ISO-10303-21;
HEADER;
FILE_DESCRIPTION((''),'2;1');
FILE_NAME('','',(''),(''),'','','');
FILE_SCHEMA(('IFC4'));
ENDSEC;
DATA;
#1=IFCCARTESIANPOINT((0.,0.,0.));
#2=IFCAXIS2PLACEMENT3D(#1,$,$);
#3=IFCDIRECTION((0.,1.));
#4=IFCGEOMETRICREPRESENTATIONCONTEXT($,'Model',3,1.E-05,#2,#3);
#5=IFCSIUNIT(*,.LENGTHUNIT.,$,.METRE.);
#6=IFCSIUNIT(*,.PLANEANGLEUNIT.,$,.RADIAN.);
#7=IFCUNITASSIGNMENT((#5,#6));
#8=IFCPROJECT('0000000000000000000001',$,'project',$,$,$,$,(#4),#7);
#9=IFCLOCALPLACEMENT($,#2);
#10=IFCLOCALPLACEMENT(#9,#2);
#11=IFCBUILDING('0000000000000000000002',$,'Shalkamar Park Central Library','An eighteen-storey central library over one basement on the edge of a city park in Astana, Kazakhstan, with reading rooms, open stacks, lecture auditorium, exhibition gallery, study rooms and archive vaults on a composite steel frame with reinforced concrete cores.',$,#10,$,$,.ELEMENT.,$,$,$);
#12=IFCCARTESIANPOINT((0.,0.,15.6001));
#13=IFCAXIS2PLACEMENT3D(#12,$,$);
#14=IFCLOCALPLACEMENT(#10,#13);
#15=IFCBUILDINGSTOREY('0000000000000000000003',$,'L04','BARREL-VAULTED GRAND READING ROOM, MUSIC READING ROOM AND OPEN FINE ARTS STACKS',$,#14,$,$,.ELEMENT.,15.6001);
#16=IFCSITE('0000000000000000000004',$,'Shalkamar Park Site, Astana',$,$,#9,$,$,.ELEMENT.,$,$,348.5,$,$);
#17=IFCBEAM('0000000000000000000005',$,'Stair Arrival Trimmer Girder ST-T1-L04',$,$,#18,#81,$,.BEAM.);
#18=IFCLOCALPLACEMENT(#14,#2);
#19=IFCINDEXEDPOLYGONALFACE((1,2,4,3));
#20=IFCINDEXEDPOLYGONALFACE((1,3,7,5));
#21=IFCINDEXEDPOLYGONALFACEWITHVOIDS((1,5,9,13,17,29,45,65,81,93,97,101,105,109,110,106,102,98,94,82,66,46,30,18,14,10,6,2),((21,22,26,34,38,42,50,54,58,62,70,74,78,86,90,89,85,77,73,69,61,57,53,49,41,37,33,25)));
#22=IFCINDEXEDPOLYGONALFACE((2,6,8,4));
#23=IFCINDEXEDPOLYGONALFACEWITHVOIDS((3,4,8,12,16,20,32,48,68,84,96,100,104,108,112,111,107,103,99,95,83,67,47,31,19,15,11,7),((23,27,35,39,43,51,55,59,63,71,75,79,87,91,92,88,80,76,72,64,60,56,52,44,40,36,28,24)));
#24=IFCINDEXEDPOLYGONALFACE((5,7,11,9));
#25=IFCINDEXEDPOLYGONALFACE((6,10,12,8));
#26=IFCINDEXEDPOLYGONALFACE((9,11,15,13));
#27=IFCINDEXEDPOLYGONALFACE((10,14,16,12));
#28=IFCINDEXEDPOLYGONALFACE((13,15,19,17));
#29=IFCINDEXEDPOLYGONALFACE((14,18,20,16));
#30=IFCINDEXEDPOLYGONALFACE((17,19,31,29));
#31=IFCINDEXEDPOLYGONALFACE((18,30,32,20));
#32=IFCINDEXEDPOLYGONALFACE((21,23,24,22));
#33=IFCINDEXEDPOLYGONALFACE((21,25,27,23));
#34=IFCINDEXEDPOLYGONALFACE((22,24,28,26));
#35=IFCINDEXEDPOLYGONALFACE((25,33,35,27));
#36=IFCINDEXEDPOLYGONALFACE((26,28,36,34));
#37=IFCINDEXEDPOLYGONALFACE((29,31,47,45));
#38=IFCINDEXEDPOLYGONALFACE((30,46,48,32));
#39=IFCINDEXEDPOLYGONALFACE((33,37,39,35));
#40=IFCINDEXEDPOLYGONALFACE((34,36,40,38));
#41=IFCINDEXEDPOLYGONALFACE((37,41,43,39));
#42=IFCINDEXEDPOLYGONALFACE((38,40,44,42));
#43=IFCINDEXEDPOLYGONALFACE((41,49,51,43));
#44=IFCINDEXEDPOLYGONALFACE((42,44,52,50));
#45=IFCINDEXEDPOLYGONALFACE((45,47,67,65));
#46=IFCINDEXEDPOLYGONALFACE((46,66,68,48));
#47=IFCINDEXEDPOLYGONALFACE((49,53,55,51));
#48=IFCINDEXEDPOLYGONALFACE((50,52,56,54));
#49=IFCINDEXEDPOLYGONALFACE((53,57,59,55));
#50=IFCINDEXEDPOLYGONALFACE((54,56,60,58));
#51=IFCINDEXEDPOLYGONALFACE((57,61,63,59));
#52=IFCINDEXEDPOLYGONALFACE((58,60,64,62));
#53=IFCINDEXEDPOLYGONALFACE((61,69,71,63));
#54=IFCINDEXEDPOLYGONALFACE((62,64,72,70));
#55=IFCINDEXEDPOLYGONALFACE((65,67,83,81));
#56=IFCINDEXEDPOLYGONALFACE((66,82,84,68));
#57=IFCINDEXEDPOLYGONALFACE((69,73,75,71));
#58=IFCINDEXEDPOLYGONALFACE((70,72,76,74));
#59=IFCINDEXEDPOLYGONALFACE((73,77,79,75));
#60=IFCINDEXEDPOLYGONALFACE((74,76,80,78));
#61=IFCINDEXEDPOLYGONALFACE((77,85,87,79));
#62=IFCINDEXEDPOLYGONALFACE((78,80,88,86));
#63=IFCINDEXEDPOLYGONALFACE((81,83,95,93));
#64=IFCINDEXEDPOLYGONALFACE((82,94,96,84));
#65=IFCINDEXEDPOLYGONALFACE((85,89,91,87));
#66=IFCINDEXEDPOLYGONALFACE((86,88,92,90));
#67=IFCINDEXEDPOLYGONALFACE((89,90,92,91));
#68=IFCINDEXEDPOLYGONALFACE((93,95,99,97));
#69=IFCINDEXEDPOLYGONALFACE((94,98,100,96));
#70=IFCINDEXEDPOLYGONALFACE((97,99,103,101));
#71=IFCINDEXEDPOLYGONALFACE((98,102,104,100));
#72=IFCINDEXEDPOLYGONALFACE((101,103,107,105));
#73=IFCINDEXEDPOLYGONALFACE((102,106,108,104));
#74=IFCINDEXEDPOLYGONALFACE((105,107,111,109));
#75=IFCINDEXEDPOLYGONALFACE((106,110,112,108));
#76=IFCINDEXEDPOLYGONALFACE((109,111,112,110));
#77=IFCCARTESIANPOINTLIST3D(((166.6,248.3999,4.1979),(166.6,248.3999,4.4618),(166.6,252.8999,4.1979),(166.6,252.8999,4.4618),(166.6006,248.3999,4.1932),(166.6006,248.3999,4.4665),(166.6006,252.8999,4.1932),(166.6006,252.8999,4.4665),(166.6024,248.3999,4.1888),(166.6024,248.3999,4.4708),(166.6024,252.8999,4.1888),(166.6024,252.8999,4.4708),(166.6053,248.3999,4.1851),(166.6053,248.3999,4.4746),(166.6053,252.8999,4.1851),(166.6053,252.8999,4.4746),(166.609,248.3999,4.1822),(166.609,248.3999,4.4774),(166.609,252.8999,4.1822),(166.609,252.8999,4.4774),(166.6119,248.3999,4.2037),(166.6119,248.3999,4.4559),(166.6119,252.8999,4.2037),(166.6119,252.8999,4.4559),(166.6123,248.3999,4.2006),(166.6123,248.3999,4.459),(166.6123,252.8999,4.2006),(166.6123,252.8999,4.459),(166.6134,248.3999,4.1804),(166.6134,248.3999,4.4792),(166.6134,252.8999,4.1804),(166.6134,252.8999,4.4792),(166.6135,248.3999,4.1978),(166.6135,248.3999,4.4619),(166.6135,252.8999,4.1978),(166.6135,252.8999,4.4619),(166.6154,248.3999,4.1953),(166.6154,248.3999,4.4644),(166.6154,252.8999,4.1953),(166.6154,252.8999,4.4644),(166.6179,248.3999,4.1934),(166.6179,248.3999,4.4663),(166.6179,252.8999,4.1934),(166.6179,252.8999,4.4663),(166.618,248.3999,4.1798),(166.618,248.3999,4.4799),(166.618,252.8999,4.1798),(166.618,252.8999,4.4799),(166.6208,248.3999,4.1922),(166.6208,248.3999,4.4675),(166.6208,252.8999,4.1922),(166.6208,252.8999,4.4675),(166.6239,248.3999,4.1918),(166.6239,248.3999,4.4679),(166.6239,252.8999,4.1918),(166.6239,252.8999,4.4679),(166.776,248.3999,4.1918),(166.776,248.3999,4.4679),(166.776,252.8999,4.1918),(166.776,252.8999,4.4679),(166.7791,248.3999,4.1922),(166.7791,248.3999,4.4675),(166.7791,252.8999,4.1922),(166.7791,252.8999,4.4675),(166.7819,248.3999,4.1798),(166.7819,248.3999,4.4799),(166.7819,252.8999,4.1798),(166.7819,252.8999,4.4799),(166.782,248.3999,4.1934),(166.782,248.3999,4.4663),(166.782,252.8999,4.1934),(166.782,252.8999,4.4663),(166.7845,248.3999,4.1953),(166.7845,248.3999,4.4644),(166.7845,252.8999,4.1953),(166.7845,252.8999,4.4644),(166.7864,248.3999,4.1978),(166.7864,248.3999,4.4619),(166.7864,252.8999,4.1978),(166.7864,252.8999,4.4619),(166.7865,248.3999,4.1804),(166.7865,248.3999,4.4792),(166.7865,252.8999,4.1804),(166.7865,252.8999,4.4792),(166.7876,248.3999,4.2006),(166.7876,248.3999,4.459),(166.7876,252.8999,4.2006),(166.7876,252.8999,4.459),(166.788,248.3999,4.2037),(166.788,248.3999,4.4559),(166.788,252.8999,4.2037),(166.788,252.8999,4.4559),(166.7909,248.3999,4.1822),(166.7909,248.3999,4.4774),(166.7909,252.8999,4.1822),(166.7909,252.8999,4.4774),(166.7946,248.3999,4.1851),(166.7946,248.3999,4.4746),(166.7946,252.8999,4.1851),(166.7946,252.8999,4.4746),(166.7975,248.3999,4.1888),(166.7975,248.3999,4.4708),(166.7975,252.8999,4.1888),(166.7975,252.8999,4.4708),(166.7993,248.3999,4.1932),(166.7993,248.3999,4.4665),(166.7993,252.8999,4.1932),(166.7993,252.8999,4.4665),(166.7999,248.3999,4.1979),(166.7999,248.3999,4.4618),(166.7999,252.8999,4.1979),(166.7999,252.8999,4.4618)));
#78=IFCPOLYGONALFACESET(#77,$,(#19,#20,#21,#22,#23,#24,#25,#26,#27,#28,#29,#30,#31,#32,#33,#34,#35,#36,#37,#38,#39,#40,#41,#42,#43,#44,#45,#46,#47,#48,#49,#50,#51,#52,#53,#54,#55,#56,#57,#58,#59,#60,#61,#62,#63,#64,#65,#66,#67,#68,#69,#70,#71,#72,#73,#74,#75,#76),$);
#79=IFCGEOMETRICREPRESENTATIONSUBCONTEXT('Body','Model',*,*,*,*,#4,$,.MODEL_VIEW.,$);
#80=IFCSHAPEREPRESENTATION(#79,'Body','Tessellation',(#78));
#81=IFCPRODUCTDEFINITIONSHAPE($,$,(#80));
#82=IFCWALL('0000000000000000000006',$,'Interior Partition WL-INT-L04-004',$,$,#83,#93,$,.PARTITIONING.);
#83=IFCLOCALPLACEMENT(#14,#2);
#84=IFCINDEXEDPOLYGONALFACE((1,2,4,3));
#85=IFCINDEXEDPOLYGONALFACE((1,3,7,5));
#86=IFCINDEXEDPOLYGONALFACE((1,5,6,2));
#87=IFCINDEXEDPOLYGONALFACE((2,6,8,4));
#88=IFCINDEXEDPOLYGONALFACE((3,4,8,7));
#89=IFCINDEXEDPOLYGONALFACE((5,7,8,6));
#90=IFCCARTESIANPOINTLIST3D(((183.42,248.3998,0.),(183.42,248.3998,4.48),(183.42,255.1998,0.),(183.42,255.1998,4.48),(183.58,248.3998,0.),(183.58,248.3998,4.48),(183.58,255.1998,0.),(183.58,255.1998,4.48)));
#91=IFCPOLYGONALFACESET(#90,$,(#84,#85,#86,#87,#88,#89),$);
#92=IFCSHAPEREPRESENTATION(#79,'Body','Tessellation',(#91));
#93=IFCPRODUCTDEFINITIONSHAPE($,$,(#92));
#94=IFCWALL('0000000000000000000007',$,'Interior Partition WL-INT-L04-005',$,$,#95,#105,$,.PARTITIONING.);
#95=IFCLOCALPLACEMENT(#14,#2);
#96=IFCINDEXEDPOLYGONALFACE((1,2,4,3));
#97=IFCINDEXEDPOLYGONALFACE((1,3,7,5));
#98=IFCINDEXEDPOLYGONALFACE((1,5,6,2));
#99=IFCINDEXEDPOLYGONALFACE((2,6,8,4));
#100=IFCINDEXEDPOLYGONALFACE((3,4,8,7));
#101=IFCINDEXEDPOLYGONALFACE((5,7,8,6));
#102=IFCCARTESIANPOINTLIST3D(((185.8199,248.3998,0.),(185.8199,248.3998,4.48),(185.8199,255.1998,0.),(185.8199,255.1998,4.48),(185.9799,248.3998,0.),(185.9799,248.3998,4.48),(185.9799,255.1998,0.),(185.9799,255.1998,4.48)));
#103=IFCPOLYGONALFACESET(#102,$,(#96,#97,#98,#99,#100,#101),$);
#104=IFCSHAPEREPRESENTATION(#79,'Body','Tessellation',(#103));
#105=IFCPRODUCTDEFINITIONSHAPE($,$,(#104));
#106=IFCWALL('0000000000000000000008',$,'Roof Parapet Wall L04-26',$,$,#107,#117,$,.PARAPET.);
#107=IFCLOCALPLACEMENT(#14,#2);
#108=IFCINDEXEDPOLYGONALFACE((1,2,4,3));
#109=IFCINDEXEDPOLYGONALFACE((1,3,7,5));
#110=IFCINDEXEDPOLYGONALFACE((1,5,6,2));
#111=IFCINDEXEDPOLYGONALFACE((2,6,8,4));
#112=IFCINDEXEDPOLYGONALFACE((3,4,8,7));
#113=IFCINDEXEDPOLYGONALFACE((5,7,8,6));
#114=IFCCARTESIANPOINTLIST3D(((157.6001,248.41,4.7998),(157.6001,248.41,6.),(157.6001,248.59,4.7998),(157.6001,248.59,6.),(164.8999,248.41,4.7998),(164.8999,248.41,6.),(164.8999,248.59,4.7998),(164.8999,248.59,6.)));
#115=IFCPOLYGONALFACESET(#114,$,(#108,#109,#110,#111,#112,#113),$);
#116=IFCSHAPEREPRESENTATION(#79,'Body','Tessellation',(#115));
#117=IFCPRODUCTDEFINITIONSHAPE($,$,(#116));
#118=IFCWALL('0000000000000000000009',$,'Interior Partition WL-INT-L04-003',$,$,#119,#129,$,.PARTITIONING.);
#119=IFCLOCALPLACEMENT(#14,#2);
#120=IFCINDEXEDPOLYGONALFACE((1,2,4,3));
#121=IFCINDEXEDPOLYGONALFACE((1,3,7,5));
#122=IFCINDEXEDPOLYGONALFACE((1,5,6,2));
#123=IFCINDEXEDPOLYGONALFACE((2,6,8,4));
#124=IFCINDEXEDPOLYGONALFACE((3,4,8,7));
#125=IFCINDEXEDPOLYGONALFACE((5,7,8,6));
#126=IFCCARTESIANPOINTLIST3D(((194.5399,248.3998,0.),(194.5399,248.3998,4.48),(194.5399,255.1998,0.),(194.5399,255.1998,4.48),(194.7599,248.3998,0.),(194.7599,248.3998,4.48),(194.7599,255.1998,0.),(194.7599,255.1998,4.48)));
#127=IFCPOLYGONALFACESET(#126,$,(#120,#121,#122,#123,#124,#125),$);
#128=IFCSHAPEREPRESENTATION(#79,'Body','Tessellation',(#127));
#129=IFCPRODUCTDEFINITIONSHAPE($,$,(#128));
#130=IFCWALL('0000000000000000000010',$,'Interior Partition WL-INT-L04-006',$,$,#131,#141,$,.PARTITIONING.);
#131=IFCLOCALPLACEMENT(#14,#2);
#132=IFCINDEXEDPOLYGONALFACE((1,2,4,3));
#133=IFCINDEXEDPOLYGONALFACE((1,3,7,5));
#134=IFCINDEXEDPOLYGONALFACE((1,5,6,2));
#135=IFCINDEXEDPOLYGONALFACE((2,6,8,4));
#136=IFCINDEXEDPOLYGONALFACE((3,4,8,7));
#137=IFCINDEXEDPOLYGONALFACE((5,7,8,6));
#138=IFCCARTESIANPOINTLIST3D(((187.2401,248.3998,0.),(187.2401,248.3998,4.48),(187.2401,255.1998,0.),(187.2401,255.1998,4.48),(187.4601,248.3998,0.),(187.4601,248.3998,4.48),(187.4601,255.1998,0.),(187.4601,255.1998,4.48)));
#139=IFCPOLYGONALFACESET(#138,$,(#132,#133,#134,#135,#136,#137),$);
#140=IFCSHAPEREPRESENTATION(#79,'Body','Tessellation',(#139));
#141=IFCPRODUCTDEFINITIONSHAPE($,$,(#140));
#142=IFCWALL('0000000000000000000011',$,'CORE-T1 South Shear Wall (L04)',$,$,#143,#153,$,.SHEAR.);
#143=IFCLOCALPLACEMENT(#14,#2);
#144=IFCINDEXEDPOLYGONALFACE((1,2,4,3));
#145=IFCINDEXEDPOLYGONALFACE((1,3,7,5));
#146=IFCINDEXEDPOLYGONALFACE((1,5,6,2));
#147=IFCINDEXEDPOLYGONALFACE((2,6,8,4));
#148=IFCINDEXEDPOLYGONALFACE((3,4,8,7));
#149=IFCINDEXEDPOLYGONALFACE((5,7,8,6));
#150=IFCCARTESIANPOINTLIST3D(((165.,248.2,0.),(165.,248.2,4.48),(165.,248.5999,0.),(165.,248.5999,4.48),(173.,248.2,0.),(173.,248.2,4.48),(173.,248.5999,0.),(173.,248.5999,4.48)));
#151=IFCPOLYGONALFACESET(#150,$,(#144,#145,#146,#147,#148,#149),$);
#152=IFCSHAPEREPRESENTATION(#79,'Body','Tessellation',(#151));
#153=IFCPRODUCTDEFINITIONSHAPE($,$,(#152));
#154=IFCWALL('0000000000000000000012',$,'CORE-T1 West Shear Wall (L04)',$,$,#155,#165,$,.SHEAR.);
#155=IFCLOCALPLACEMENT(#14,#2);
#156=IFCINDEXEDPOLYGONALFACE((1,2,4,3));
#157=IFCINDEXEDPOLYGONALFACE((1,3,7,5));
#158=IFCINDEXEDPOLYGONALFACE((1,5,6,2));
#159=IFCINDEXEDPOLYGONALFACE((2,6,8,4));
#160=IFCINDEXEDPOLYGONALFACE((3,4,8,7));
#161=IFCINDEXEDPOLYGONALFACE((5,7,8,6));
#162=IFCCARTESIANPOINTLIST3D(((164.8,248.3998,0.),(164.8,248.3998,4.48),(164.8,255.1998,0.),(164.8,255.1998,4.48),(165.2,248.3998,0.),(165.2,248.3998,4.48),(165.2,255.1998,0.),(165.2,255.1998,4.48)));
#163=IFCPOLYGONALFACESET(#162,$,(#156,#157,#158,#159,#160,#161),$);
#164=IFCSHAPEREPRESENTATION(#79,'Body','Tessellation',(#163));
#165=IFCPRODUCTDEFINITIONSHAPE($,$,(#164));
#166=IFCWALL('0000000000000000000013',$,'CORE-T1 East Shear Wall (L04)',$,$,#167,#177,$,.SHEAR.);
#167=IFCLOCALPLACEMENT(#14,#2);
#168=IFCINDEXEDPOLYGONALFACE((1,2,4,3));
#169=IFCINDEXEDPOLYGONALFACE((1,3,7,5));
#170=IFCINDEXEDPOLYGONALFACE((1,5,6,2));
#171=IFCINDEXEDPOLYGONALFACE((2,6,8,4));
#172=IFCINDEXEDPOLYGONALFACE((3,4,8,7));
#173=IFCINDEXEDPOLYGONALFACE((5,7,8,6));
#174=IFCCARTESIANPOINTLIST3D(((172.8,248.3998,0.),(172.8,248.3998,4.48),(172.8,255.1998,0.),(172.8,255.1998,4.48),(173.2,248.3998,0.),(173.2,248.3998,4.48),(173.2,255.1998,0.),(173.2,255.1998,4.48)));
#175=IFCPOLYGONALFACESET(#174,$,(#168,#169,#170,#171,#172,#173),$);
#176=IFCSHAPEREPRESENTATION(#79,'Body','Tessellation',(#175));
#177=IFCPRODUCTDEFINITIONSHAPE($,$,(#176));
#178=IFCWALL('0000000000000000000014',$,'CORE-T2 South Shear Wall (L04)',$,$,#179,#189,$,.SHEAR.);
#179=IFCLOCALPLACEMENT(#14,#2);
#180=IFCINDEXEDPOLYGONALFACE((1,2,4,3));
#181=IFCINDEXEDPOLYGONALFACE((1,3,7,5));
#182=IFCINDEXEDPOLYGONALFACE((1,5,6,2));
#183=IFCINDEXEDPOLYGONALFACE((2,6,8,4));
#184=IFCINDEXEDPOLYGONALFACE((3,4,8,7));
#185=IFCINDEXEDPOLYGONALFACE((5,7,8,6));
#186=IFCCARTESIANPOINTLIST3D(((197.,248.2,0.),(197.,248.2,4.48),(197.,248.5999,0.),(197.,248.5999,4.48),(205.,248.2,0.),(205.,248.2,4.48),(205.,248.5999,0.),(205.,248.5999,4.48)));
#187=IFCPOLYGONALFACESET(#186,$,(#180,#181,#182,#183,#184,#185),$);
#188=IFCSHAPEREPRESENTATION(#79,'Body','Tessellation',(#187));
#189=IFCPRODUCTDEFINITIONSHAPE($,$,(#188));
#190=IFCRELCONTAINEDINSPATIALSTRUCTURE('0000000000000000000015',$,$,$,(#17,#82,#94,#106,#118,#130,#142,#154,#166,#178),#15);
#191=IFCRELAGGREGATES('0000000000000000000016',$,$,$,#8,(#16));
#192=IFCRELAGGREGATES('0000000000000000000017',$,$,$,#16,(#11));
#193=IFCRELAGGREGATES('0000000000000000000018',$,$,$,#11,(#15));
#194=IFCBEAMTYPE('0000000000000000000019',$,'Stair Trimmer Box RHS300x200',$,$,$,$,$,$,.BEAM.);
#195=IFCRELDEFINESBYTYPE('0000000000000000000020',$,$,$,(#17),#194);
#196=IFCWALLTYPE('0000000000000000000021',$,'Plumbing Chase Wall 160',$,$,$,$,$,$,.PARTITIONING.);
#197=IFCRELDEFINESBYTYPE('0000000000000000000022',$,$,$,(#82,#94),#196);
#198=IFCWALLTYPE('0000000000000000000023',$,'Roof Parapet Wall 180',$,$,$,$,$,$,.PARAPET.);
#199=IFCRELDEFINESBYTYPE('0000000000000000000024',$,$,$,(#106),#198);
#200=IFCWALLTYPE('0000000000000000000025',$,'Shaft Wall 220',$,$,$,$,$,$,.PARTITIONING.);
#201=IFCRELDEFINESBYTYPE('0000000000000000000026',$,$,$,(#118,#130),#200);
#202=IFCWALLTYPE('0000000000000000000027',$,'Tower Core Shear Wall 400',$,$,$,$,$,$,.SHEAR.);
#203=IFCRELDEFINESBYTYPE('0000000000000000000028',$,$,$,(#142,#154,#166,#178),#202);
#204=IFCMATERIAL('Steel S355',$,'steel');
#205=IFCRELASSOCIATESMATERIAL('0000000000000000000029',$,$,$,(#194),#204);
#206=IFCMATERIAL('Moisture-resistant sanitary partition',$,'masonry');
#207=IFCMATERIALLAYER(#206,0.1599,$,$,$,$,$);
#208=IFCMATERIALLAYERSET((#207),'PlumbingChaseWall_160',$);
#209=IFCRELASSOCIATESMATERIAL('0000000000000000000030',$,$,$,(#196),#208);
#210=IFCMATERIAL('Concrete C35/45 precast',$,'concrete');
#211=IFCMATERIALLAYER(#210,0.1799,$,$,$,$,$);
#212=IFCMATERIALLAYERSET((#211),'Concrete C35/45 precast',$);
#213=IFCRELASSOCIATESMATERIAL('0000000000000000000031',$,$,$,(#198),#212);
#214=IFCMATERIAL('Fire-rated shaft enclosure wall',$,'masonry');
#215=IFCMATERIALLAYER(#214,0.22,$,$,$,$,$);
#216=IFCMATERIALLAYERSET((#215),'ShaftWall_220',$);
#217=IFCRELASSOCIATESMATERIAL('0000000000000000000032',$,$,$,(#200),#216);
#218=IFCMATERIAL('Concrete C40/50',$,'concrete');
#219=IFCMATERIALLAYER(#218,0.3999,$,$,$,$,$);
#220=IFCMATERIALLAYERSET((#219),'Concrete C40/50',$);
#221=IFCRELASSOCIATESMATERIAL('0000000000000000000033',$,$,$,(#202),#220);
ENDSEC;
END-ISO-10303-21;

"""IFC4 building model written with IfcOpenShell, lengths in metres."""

from ifc_helpers import new_model, si_unit, direction, frame, frame_2d, origin, origin_2d, place, context, subcontext, project, spatial, rectangle, hollow_rectangle, extrude, material, layer, layer_set, material_profile, profile_set, type_object, element, save


model = new_model("IFC4")

# Units and contexts
model_context = context("Model", 3, precision=1e-05, world=origin(), true_north=direction((0.0, 1.0)))
body_context = subcontext(model_context, "Body", "Model", "MODEL_VIEW")
ifc_project = project(units=[si_unit("LENGTHUNIT", "METRE"), si_unit("PLANEANGLEUNIT", "RADIAN")], contexts=[model_context])

# Site, building, storey
site_placement = place(None, origin())
site = spatial("IfcSite", under=ifc_project, at=site_placement, Name="Shalkamar Park Site, Astana", CompositionType="ELEMENT", RefElevation=348.5)
building_placement = place(site_placement, origin())
building = spatial("IfcBuilding", under=site, at=building_placement, Name="Shalkamar Park Central Library", Description="An eighteen-storey central library over one basement on the edge of a city park in Astana, Kazakhstan, with reading rooms, open stacks, lecture auditorium, exhibition gallery, study rooms and archive vaults on a composite steel frame with reinforced concrete cores.", CompositionType="ELEMENT")
storey_placement = place(building_placement, frame((0.0, 0.0, 15.6001)))
storey = spatial("IfcBuildingStorey", under=building, at=storey_placement, Name="L04", Description="BARREL-VAULTED GRAND READING ROOM, MUSIC READING ROOM AND OPEN FINE ARTS STACKS", CompositionType="ELEMENT", Elevation=15.6001)

# Shared definitions
ifc_material_1 = material(Name="Steel S355", Category="steel")

# Beam
ifc_material_profile_1 = material_profile(ifc_material_1, hollow_rectangle(XDim=0.2, YDim=0.3, WallThickness=0.012, InnerFilletRadius=0.012, OuterFilletRadius=0.0181, at=origin_2d()), Name="RHS 300x200x12")
ifc_profile_set_1 = profile_set([ifc_material_profile_1], Name="Steel S355")
beam_type_1 = type_object("IfcBeamType", Name="Stair Trimmer Box RHS300x200", PredefinedType="BEAM", material=ifc_profile_set_1)
beam_1_placement = place(storey_placement, frame((166.7, 248.3999, 4.3298), z_axis=(0.0, 1.0, 0.0), x_axis=(-1.0, 0.0, 0.0)))
element("IfcBeam", 1, at=beam_1_placement, inside=storey, type_object=beam_type_1, Name="Stair Arrival Trimmer Girder ST-T1-L04", PredefinedType="BEAM", context=body_context, shape_type="SweptSolid", body=[
    extrude(hollow_rectangle(XDim=0.2, YDim=0.3, WallThickness=0.012, InnerFilletRadius=0.012, OuterFilletRadius=0.0181, at=origin_2d()), origin(), (0.0, 0.0, 1.0), 4.5),
])

# Walls
ifc_material_2 = material(Name="Moisture-resistant sanitary partition", Category="masonry")
ifc_layer_1 = layer(ifc_material_2, 0.1599)
ifc_layer_set_1 = layer_set([ifc_layer_1], Name="PlumbingChaseWall_160")
wall_type_1 = type_object("IfcWallType", Name="Plumbing Chase Wall 160", PredefinedType="PARTITIONING", material=ifc_layer_set_1)
for number, where, z_axis, x_axis, name in (
    (2, (183.5, 248.3999, 0.0), (0.0, 0.0, 1.0), (0.0, 1.0, 0.0), "Interior Partition WL-INT-L04-004"),
    (3, (185.8999, 248.3999, 0.0), (0.0, 0.0, 1.0), (0.0, 1.0, 0.0), "Interior Partition WL-INT-L04-005"),
):
    element("IfcWall", number, at=place(storey_placement, frame(where, z_axis=z_axis, x_axis=x_axis)), inside=storey, type_object=wall_type_1, Name=name, PredefinedType="PARTITIONING", context=body_context, shape_type="SweptSolid", body=[
        extrude(rectangle(XDim=6.8, YDim=0.1599, at=frame_2d((3.3999, 0.0))), origin(), (0.0, 0.0, 1.0), 4.48),
    ])
ifc_material_3 = material(Name="Concrete C35/45 precast", Category="concrete")
ifc_layer_2 = layer(ifc_material_3, 0.1799)
ifc_layer_set_2 = layer_set([ifc_layer_2], Name="Concrete C35/45 precast")
wall_type_2 = type_object("IfcWallType", Name="Roof Parapet Wall 180", PredefinedType="PARAPET", material=ifc_layer_set_2)
wall_1_placement = place(storey_placement, frame((157.6001, 248.5, 4.7998), z_axis=(0.0, 0.0, 1.0), x_axis=(1.0, 0.0, 0.0)))
element("IfcWall", 4, at=wall_1_placement, inside=storey, type_object=wall_type_2, Name="Roof Parapet Wall L04-26", PredefinedType="PARAPET", context=body_context, shape_type="SweptSolid", body=[
    extrude(rectangle(XDim=7.2998, YDim=0.1799, at=frame_2d((3.6499, 0.0))), origin(), (0.0, 0.0, 1.0), 1.2002),
])
ifc_material_4 = material(Name="Fire-rated shaft enclosure wall", Category="masonry")
ifc_layer_3 = layer(ifc_material_4, 0.22)
ifc_layer_set_3 = layer_set([ifc_layer_3], Name="ShaftWall_220")
wall_type_3 = type_object("IfcWallType", Name="Shaft Wall 220", PredefinedType="PARTITIONING", material=ifc_layer_set_3)
for number, where, z_axis, x_axis, name in (
    (5, (194.6499, 248.3999, 0.0), (0.0, 0.0, 1.0), (0.0, 1.0, 0.0), "Interior Partition WL-INT-L04-003"),
    (6, (187.3501, 248.3999, 0.0), (0.0, 0.0, 1.0), (0.0, 1.0, 0.0), "Interior Partition WL-INT-L04-006"),
):
    element("IfcWall", number, at=place(storey_placement, frame(where, z_axis=z_axis, x_axis=x_axis)), inside=storey, type_object=wall_type_3, Name=name, PredefinedType="PARTITIONING", context=body_context, shape_type="SweptSolid", body=[
        extrude(rectangle(XDim=6.8, YDim=0.22, at=frame_2d((3.3999, 0.0))), origin(), (0.0, 0.0, 1.0), 4.48),
    ])
ifc_material_5 = material(Name="Concrete C40/50", Category="concrete")
ifc_layer_4 = layer(ifc_material_5, 0.3999)
ifc_layer_set_4 = layer_set([ifc_layer_4], Name="Concrete C40/50")
wall_type_4 = type_object("IfcWallType", Name="Tower Core Shear Wall 400", PredefinedType="SHEAR", material=ifc_layer_set_4)
wall_2_placement = place(storey_placement, frame((165.0, 248.3999, 0.0), z_axis=(0.0, 0.0, 1.0), x_axis=(1.0, 0.0, 0.0)))
element("IfcWall", 7, at=wall_2_placement, inside=storey, type_object=wall_type_4, Name="CORE-T1 South Shear Wall (L04)", PredefinedType="SHEAR", context=body_context, shape_type="SweptSolid", body=[
    extrude(rectangle(XDim=8.0, YDim=0.3999, at=frame_2d((4.0, 0.0))), origin(), (0.0, 0.0, 1.0), 4.48),
])
for number, where, z_axis, x_axis, name in (
    (8, (165.0, 248.3999, 0.0), (0.0, 0.0, 1.0), (0.0, 1.0, 0.0), "CORE-T1 West Shear Wall (L04)"),
    (9, (173.0, 248.3999, 0.0), (0.0, 0.0, 1.0), (0.0, 1.0, 0.0), "CORE-T1 East Shear Wall (L04)"),
):
    element("IfcWall", number, at=place(storey_placement, frame(where, z_axis=z_axis, x_axis=x_axis)), inside=storey, type_object=wall_type_4, Name=name, PredefinedType="SHEAR", context=body_context, shape_type="SweptSolid", body=[
        extrude(rectangle(XDim=6.8, YDim=0.3999, at=frame_2d((3.3999, 0.0))), origin(), (0.0, 0.0, 1.0), 4.48),
    ])
wall_3_placement = place(storey_placement, frame((197.0, 248.3999, 0.0), z_axis=(0.0, 0.0, 1.0), x_axis=(1.0, 0.0, 0.0)))
element("IfcWall", 10, at=wall_3_placement, inside=storey, type_object=wall_type_4, Name="CORE-T2 South Shear Wall (L04)", PredefinedType="SHEAR", context=body_context, shape_type="SweptSolid", body=[
    extrude(rectangle(XDim=8.0, YDim=0.3999, at=frame_2d((4.0, 0.0))), origin(), (0.0, 0.0, 1.0), 4.48),
])

save(model, "model.ifc")
